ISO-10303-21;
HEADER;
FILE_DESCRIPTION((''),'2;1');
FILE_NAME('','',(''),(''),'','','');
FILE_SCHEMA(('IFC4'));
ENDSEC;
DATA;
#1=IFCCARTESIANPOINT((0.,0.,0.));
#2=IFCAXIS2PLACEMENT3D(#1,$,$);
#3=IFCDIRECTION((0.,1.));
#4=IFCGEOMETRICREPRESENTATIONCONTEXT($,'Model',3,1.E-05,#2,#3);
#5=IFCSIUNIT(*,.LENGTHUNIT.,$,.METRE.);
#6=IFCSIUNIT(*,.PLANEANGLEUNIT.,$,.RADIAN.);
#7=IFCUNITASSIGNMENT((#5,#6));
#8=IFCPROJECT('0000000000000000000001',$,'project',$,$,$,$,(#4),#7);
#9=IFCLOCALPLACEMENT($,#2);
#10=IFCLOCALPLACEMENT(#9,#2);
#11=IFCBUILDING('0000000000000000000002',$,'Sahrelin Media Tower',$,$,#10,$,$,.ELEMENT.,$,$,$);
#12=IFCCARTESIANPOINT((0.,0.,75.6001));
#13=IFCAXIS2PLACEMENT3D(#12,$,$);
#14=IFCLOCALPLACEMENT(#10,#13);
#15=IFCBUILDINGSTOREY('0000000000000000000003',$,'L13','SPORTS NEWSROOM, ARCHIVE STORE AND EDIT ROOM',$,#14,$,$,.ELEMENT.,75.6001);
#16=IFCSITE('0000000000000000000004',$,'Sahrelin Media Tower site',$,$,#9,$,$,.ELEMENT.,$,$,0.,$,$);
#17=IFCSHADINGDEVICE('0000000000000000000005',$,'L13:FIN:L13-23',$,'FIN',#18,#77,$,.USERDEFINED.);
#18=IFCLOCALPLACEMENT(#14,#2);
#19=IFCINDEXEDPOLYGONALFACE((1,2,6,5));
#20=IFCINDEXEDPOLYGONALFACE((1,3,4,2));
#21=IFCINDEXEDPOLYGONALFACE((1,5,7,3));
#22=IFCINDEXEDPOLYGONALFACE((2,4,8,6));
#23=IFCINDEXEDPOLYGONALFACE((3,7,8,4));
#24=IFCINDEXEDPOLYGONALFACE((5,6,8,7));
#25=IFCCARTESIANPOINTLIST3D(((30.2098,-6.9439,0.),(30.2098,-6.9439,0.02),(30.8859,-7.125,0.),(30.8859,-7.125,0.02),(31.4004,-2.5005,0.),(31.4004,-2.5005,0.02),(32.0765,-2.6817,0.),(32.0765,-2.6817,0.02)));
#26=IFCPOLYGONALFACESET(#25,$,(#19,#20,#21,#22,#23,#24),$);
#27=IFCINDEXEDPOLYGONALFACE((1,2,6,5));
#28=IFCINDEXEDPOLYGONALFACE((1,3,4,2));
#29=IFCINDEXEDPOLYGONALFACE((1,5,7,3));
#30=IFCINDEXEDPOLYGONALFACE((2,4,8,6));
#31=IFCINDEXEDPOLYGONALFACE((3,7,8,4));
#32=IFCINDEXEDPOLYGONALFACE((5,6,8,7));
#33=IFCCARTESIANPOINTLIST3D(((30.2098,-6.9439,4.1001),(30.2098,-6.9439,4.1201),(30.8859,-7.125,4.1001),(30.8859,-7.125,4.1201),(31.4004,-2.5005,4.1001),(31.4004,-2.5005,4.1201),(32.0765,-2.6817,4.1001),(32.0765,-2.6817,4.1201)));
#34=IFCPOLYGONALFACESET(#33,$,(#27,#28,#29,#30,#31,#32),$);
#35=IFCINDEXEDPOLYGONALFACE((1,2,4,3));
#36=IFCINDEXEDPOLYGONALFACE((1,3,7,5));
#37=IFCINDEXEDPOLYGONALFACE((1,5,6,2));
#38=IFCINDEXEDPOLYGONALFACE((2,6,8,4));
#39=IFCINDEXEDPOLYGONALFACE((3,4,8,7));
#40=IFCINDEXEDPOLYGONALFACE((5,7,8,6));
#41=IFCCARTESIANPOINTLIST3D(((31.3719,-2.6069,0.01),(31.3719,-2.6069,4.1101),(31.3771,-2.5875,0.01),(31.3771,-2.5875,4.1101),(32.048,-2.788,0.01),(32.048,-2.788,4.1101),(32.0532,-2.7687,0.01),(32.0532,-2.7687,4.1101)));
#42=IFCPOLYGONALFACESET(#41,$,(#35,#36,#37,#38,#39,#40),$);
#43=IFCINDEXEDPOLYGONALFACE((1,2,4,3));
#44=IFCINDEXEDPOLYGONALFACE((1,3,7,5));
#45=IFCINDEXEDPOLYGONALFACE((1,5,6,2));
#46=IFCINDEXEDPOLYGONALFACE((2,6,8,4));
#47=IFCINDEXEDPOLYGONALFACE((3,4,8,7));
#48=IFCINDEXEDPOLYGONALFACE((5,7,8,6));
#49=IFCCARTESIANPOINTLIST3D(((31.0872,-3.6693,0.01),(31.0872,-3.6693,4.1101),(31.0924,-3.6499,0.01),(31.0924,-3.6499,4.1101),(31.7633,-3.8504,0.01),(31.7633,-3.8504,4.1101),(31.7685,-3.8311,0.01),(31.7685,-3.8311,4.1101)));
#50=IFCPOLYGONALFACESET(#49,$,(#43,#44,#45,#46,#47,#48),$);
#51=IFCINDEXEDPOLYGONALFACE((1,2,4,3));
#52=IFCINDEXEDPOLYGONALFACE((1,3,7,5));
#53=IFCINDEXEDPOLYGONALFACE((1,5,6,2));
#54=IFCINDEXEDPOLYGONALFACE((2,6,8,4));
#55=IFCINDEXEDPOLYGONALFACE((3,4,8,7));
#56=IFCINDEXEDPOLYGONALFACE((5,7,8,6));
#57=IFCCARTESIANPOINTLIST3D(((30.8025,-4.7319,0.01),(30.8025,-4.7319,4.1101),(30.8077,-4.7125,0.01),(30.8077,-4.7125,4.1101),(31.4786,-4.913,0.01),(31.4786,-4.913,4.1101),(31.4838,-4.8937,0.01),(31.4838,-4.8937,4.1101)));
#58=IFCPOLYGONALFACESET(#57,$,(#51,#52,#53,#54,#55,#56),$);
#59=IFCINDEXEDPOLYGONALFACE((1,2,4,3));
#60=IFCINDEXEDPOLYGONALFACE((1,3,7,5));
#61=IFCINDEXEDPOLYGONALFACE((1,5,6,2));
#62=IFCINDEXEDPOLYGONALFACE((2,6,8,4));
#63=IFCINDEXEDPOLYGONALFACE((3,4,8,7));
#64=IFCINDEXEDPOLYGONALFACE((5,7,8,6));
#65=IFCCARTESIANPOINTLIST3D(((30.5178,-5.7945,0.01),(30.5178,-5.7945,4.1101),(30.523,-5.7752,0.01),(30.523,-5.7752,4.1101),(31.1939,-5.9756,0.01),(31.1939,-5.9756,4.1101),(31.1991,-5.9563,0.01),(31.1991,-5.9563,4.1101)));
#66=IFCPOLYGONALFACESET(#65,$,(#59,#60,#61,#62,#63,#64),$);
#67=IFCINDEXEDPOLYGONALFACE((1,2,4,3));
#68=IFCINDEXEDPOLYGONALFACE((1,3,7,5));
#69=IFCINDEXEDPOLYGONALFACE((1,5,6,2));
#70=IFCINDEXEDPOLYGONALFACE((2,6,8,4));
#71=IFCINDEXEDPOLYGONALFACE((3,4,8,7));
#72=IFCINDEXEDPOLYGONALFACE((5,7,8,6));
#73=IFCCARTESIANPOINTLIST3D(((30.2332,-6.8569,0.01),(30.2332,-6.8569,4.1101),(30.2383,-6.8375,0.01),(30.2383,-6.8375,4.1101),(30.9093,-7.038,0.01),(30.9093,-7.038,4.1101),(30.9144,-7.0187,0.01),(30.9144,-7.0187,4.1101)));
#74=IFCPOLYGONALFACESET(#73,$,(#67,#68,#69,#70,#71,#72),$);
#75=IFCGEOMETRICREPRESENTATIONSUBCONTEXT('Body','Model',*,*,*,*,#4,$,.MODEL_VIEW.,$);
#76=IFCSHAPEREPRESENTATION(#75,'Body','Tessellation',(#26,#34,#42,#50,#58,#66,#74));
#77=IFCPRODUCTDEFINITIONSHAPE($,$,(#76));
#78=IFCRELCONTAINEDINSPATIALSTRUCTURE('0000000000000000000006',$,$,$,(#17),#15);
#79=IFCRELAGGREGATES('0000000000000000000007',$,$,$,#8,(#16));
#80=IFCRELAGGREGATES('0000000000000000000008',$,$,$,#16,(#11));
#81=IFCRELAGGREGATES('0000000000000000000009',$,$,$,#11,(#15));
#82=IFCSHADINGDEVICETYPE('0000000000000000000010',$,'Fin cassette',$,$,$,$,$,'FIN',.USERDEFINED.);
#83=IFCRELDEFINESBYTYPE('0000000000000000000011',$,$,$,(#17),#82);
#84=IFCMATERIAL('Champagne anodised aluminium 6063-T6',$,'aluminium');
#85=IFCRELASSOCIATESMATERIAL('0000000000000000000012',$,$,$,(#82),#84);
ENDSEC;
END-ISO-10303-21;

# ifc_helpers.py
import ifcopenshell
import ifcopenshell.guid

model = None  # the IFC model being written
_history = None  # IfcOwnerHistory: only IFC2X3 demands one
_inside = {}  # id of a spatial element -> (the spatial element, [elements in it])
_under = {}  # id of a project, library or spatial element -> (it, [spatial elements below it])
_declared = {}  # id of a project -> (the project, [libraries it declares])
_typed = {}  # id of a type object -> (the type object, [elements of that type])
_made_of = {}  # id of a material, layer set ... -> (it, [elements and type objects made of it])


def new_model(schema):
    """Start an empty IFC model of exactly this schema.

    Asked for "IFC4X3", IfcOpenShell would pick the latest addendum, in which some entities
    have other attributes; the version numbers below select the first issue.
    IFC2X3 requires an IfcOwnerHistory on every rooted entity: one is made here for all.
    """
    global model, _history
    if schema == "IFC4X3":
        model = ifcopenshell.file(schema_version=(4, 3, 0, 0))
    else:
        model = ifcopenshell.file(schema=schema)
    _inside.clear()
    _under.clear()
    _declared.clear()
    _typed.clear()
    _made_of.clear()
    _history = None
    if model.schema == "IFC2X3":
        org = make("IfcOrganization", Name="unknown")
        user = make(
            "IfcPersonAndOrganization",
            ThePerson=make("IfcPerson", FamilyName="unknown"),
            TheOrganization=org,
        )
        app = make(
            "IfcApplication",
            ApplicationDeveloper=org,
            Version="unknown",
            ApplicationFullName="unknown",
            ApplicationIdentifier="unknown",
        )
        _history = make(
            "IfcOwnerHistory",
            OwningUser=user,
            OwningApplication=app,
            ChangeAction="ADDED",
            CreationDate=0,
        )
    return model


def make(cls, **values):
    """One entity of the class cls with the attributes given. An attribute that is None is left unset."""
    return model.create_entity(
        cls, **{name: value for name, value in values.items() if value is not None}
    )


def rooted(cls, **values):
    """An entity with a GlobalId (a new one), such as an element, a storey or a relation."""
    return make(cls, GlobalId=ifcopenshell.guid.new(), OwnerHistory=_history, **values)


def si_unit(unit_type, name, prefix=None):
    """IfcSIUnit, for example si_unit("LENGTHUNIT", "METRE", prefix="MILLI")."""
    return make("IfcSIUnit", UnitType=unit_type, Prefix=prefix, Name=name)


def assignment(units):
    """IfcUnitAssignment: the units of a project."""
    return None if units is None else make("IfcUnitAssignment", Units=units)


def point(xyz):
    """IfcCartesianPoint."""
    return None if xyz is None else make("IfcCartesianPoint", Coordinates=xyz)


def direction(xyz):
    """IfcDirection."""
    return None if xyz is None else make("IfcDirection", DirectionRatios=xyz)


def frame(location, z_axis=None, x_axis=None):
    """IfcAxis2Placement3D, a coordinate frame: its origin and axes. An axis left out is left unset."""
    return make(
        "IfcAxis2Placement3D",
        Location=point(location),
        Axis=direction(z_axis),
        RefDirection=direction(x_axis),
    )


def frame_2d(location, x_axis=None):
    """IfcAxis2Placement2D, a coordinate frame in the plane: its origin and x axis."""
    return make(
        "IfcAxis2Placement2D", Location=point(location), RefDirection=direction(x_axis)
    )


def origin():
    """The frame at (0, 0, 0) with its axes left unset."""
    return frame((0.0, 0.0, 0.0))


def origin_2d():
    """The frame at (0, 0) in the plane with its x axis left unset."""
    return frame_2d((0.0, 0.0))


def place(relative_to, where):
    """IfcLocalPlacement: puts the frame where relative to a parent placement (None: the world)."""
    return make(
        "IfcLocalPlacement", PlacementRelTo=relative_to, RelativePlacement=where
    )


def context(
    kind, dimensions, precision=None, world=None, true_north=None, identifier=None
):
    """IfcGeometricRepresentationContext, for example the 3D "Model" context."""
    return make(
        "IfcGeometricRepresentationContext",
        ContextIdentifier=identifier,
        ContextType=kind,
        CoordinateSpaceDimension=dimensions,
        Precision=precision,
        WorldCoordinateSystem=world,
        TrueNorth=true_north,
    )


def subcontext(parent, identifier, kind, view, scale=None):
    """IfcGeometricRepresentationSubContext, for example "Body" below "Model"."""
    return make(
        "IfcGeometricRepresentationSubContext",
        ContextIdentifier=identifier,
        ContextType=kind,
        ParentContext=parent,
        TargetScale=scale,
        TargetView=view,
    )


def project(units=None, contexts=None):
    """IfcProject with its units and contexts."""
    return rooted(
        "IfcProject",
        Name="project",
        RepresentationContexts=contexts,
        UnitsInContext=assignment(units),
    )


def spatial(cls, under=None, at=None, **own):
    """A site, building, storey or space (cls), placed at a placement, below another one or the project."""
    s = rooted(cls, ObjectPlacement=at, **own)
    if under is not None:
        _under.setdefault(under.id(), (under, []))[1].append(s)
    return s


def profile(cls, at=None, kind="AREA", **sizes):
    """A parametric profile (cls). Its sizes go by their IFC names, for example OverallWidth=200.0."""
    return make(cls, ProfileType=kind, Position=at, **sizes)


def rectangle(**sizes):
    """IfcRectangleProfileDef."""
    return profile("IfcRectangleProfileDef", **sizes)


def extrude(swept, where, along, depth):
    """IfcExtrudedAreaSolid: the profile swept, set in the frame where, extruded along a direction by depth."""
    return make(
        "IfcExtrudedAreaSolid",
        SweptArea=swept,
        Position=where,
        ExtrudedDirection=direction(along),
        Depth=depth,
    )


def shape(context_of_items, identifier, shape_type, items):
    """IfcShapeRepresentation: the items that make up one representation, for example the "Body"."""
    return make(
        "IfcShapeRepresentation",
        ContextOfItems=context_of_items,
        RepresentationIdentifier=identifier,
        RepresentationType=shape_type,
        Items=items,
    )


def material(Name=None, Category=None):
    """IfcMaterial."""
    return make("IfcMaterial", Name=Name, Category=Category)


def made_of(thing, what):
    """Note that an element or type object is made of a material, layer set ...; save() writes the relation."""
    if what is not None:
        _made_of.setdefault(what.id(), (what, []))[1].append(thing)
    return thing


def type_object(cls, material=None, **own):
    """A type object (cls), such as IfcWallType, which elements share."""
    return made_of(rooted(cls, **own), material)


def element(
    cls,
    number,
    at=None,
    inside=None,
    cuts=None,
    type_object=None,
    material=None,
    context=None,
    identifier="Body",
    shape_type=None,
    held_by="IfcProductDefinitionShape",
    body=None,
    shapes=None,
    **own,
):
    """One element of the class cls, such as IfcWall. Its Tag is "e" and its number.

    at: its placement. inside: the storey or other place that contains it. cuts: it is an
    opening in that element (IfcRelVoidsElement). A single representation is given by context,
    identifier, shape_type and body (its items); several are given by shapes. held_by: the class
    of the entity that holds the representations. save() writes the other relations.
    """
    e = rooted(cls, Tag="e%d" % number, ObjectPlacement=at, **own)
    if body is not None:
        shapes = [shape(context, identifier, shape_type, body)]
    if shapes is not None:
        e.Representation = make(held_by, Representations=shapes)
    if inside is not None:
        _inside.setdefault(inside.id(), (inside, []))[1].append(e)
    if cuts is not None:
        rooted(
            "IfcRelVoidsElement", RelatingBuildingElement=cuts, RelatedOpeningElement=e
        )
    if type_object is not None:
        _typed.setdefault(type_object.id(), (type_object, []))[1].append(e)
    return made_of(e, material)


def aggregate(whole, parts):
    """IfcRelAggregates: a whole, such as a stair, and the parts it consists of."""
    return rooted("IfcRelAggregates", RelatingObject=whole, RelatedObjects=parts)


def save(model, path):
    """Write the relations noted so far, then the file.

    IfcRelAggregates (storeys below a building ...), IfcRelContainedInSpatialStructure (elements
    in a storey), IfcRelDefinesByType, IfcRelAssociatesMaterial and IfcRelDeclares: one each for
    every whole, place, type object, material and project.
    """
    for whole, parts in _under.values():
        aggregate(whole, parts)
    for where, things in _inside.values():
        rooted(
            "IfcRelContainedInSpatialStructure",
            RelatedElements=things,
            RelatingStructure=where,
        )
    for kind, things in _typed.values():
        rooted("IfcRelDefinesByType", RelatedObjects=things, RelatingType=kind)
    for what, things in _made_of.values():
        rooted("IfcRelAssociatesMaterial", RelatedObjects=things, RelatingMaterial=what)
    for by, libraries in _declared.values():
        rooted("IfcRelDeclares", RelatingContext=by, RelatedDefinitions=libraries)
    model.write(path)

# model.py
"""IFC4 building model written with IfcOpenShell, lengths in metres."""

from ifc_helpers import new_model, si_unit, direction, frame, origin, origin_2d, place, context, subcontext, project, spatial, rectangle, extrude, material, type_object, element, save


model = new_model("IFC4")

# Units and contexts
model_context = context("Model", 3, precision=1e-05, world=origin(), true_north=direction((0.0, 1.0)))
body_context = subcontext(model_context, "Body", "Model", "MODEL_VIEW")
ifc_project = project(units=[si_unit("LENGTHUNIT", "METRE"), si_unit("PLANEANGLEUNIT", "RADIAN")], contexts=[model_context])

# Site, building, storey
site_placement = place(None, origin())
site = spatial("IfcSite", under=ifc_project, at=site_placement, Name="Sahrelin Media Tower site", CompositionType="ELEMENT", RefElevation=0.0)
building_placement = place(site_placement, origin())
building = spatial("IfcBuilding", under=site, at=building_placement, Name="Sahrelin Media Tower", CompositionType="ELEMENT")
storey_placement = place(building_placement, frame((0.0, 0.0, 75.6001)))
storey = spatial("IfcBuildingStorey", under=building, at=storey_placement, Name="L13", Description="SPORTS NEWSROOM, ARCHIVE STORE AND EDIT ROOM", CompositionType="ELEMENT", Elevation=75.6001)

# Shared definitions
ifc_material_1 = material(Name="Champagne anodised aluminium 6063-T6", Category="aluminium")

# Shading device
shading_device_type_1 = type_object("IfcShadingDeviceType", Name="Fin cassette", ElementType="FIN", PredefinedType="USERDEFINED", material=ifc_material_1)
placement_1 = place(storey_placement, frame((30.7375, -4.7041, 0.0), z_axis=(0.0, 0.0, 1.0), x_axis=(-0.258808, -0.965929, 0.0)))
element("IfcShadingDevice", 1, at=placement_1, inside=storey, type_object=shading_device_type_1, Name="L13:FIN:L13-23", ObjectType="FIN", PredefinedType="USERDEFINED", context=body_context, shape_type="SweptSolid", body=[
    extrude(rectangle(XDim=4.6001, YDim=0.7, at=origin_2d()), frame((0.0, 0.4199, 0.0)), (0.0, 0.0, 1.0), 0.02),
    extrude(rectangle(XDim=4.6001, YDim=0.7, at=origin_2d()), frame((0.0, 0.4199, 4.1001)), (0.0, 0.0, 1.0), 0.02),
    extrude(rectangle(XDim=0.02, YDim=0.7, at=origin_2d()), frame((-2.2, 0.4199, 0.01), z_axis=(0.0, 0.0, 1.0), x_axis=(1.0, 0.0, 0.0)), (0.0, 0.0, 1.0), 4.1001),
    extrude(rectangle(XDim=0.02, YDim=0.7, at=origin_2d()), frame((-1.1001, 0.4199, 0.01), z_axis=(0.0, 0.0, 1.0), x_axis=(1.0, 0.0, 0.0)), (0.0, 0.0, 1.0), 4.1001),
    extrude(rectangle(XDim=0.02, YDim=0.7, at=origin_2d()), frame((0.0, 0.4199, 0.01), z_axis=(0.0, 0.0, 1.0), x_axis=(1.0, 0.0, 0.0)), (0.0, 0.0, 1.0), 4.1001),
    extrude(rectangle(XDim=0.02, YDim=0.7, at=origin_2d()), frame((1.1001, 0.4199, 0.01), z_axis=(0.0, 0.0, 1.0), x_axis=(1.0, 0.0, 0.0)), (0.0, 0.0, 1.0), 4.1001),
    extrude(rectangle(XDim=0.02, YDim=0.7, at=origin_2d()), frame((2.2, 0.4199, 0.01), z_axis=(0.0, 0.0, 1.0), x_axis=(1.0, 0.0, 0.0)), (0.0, 0.0, 1.0), 4.1001),
])

save(model, "model.ifc")
